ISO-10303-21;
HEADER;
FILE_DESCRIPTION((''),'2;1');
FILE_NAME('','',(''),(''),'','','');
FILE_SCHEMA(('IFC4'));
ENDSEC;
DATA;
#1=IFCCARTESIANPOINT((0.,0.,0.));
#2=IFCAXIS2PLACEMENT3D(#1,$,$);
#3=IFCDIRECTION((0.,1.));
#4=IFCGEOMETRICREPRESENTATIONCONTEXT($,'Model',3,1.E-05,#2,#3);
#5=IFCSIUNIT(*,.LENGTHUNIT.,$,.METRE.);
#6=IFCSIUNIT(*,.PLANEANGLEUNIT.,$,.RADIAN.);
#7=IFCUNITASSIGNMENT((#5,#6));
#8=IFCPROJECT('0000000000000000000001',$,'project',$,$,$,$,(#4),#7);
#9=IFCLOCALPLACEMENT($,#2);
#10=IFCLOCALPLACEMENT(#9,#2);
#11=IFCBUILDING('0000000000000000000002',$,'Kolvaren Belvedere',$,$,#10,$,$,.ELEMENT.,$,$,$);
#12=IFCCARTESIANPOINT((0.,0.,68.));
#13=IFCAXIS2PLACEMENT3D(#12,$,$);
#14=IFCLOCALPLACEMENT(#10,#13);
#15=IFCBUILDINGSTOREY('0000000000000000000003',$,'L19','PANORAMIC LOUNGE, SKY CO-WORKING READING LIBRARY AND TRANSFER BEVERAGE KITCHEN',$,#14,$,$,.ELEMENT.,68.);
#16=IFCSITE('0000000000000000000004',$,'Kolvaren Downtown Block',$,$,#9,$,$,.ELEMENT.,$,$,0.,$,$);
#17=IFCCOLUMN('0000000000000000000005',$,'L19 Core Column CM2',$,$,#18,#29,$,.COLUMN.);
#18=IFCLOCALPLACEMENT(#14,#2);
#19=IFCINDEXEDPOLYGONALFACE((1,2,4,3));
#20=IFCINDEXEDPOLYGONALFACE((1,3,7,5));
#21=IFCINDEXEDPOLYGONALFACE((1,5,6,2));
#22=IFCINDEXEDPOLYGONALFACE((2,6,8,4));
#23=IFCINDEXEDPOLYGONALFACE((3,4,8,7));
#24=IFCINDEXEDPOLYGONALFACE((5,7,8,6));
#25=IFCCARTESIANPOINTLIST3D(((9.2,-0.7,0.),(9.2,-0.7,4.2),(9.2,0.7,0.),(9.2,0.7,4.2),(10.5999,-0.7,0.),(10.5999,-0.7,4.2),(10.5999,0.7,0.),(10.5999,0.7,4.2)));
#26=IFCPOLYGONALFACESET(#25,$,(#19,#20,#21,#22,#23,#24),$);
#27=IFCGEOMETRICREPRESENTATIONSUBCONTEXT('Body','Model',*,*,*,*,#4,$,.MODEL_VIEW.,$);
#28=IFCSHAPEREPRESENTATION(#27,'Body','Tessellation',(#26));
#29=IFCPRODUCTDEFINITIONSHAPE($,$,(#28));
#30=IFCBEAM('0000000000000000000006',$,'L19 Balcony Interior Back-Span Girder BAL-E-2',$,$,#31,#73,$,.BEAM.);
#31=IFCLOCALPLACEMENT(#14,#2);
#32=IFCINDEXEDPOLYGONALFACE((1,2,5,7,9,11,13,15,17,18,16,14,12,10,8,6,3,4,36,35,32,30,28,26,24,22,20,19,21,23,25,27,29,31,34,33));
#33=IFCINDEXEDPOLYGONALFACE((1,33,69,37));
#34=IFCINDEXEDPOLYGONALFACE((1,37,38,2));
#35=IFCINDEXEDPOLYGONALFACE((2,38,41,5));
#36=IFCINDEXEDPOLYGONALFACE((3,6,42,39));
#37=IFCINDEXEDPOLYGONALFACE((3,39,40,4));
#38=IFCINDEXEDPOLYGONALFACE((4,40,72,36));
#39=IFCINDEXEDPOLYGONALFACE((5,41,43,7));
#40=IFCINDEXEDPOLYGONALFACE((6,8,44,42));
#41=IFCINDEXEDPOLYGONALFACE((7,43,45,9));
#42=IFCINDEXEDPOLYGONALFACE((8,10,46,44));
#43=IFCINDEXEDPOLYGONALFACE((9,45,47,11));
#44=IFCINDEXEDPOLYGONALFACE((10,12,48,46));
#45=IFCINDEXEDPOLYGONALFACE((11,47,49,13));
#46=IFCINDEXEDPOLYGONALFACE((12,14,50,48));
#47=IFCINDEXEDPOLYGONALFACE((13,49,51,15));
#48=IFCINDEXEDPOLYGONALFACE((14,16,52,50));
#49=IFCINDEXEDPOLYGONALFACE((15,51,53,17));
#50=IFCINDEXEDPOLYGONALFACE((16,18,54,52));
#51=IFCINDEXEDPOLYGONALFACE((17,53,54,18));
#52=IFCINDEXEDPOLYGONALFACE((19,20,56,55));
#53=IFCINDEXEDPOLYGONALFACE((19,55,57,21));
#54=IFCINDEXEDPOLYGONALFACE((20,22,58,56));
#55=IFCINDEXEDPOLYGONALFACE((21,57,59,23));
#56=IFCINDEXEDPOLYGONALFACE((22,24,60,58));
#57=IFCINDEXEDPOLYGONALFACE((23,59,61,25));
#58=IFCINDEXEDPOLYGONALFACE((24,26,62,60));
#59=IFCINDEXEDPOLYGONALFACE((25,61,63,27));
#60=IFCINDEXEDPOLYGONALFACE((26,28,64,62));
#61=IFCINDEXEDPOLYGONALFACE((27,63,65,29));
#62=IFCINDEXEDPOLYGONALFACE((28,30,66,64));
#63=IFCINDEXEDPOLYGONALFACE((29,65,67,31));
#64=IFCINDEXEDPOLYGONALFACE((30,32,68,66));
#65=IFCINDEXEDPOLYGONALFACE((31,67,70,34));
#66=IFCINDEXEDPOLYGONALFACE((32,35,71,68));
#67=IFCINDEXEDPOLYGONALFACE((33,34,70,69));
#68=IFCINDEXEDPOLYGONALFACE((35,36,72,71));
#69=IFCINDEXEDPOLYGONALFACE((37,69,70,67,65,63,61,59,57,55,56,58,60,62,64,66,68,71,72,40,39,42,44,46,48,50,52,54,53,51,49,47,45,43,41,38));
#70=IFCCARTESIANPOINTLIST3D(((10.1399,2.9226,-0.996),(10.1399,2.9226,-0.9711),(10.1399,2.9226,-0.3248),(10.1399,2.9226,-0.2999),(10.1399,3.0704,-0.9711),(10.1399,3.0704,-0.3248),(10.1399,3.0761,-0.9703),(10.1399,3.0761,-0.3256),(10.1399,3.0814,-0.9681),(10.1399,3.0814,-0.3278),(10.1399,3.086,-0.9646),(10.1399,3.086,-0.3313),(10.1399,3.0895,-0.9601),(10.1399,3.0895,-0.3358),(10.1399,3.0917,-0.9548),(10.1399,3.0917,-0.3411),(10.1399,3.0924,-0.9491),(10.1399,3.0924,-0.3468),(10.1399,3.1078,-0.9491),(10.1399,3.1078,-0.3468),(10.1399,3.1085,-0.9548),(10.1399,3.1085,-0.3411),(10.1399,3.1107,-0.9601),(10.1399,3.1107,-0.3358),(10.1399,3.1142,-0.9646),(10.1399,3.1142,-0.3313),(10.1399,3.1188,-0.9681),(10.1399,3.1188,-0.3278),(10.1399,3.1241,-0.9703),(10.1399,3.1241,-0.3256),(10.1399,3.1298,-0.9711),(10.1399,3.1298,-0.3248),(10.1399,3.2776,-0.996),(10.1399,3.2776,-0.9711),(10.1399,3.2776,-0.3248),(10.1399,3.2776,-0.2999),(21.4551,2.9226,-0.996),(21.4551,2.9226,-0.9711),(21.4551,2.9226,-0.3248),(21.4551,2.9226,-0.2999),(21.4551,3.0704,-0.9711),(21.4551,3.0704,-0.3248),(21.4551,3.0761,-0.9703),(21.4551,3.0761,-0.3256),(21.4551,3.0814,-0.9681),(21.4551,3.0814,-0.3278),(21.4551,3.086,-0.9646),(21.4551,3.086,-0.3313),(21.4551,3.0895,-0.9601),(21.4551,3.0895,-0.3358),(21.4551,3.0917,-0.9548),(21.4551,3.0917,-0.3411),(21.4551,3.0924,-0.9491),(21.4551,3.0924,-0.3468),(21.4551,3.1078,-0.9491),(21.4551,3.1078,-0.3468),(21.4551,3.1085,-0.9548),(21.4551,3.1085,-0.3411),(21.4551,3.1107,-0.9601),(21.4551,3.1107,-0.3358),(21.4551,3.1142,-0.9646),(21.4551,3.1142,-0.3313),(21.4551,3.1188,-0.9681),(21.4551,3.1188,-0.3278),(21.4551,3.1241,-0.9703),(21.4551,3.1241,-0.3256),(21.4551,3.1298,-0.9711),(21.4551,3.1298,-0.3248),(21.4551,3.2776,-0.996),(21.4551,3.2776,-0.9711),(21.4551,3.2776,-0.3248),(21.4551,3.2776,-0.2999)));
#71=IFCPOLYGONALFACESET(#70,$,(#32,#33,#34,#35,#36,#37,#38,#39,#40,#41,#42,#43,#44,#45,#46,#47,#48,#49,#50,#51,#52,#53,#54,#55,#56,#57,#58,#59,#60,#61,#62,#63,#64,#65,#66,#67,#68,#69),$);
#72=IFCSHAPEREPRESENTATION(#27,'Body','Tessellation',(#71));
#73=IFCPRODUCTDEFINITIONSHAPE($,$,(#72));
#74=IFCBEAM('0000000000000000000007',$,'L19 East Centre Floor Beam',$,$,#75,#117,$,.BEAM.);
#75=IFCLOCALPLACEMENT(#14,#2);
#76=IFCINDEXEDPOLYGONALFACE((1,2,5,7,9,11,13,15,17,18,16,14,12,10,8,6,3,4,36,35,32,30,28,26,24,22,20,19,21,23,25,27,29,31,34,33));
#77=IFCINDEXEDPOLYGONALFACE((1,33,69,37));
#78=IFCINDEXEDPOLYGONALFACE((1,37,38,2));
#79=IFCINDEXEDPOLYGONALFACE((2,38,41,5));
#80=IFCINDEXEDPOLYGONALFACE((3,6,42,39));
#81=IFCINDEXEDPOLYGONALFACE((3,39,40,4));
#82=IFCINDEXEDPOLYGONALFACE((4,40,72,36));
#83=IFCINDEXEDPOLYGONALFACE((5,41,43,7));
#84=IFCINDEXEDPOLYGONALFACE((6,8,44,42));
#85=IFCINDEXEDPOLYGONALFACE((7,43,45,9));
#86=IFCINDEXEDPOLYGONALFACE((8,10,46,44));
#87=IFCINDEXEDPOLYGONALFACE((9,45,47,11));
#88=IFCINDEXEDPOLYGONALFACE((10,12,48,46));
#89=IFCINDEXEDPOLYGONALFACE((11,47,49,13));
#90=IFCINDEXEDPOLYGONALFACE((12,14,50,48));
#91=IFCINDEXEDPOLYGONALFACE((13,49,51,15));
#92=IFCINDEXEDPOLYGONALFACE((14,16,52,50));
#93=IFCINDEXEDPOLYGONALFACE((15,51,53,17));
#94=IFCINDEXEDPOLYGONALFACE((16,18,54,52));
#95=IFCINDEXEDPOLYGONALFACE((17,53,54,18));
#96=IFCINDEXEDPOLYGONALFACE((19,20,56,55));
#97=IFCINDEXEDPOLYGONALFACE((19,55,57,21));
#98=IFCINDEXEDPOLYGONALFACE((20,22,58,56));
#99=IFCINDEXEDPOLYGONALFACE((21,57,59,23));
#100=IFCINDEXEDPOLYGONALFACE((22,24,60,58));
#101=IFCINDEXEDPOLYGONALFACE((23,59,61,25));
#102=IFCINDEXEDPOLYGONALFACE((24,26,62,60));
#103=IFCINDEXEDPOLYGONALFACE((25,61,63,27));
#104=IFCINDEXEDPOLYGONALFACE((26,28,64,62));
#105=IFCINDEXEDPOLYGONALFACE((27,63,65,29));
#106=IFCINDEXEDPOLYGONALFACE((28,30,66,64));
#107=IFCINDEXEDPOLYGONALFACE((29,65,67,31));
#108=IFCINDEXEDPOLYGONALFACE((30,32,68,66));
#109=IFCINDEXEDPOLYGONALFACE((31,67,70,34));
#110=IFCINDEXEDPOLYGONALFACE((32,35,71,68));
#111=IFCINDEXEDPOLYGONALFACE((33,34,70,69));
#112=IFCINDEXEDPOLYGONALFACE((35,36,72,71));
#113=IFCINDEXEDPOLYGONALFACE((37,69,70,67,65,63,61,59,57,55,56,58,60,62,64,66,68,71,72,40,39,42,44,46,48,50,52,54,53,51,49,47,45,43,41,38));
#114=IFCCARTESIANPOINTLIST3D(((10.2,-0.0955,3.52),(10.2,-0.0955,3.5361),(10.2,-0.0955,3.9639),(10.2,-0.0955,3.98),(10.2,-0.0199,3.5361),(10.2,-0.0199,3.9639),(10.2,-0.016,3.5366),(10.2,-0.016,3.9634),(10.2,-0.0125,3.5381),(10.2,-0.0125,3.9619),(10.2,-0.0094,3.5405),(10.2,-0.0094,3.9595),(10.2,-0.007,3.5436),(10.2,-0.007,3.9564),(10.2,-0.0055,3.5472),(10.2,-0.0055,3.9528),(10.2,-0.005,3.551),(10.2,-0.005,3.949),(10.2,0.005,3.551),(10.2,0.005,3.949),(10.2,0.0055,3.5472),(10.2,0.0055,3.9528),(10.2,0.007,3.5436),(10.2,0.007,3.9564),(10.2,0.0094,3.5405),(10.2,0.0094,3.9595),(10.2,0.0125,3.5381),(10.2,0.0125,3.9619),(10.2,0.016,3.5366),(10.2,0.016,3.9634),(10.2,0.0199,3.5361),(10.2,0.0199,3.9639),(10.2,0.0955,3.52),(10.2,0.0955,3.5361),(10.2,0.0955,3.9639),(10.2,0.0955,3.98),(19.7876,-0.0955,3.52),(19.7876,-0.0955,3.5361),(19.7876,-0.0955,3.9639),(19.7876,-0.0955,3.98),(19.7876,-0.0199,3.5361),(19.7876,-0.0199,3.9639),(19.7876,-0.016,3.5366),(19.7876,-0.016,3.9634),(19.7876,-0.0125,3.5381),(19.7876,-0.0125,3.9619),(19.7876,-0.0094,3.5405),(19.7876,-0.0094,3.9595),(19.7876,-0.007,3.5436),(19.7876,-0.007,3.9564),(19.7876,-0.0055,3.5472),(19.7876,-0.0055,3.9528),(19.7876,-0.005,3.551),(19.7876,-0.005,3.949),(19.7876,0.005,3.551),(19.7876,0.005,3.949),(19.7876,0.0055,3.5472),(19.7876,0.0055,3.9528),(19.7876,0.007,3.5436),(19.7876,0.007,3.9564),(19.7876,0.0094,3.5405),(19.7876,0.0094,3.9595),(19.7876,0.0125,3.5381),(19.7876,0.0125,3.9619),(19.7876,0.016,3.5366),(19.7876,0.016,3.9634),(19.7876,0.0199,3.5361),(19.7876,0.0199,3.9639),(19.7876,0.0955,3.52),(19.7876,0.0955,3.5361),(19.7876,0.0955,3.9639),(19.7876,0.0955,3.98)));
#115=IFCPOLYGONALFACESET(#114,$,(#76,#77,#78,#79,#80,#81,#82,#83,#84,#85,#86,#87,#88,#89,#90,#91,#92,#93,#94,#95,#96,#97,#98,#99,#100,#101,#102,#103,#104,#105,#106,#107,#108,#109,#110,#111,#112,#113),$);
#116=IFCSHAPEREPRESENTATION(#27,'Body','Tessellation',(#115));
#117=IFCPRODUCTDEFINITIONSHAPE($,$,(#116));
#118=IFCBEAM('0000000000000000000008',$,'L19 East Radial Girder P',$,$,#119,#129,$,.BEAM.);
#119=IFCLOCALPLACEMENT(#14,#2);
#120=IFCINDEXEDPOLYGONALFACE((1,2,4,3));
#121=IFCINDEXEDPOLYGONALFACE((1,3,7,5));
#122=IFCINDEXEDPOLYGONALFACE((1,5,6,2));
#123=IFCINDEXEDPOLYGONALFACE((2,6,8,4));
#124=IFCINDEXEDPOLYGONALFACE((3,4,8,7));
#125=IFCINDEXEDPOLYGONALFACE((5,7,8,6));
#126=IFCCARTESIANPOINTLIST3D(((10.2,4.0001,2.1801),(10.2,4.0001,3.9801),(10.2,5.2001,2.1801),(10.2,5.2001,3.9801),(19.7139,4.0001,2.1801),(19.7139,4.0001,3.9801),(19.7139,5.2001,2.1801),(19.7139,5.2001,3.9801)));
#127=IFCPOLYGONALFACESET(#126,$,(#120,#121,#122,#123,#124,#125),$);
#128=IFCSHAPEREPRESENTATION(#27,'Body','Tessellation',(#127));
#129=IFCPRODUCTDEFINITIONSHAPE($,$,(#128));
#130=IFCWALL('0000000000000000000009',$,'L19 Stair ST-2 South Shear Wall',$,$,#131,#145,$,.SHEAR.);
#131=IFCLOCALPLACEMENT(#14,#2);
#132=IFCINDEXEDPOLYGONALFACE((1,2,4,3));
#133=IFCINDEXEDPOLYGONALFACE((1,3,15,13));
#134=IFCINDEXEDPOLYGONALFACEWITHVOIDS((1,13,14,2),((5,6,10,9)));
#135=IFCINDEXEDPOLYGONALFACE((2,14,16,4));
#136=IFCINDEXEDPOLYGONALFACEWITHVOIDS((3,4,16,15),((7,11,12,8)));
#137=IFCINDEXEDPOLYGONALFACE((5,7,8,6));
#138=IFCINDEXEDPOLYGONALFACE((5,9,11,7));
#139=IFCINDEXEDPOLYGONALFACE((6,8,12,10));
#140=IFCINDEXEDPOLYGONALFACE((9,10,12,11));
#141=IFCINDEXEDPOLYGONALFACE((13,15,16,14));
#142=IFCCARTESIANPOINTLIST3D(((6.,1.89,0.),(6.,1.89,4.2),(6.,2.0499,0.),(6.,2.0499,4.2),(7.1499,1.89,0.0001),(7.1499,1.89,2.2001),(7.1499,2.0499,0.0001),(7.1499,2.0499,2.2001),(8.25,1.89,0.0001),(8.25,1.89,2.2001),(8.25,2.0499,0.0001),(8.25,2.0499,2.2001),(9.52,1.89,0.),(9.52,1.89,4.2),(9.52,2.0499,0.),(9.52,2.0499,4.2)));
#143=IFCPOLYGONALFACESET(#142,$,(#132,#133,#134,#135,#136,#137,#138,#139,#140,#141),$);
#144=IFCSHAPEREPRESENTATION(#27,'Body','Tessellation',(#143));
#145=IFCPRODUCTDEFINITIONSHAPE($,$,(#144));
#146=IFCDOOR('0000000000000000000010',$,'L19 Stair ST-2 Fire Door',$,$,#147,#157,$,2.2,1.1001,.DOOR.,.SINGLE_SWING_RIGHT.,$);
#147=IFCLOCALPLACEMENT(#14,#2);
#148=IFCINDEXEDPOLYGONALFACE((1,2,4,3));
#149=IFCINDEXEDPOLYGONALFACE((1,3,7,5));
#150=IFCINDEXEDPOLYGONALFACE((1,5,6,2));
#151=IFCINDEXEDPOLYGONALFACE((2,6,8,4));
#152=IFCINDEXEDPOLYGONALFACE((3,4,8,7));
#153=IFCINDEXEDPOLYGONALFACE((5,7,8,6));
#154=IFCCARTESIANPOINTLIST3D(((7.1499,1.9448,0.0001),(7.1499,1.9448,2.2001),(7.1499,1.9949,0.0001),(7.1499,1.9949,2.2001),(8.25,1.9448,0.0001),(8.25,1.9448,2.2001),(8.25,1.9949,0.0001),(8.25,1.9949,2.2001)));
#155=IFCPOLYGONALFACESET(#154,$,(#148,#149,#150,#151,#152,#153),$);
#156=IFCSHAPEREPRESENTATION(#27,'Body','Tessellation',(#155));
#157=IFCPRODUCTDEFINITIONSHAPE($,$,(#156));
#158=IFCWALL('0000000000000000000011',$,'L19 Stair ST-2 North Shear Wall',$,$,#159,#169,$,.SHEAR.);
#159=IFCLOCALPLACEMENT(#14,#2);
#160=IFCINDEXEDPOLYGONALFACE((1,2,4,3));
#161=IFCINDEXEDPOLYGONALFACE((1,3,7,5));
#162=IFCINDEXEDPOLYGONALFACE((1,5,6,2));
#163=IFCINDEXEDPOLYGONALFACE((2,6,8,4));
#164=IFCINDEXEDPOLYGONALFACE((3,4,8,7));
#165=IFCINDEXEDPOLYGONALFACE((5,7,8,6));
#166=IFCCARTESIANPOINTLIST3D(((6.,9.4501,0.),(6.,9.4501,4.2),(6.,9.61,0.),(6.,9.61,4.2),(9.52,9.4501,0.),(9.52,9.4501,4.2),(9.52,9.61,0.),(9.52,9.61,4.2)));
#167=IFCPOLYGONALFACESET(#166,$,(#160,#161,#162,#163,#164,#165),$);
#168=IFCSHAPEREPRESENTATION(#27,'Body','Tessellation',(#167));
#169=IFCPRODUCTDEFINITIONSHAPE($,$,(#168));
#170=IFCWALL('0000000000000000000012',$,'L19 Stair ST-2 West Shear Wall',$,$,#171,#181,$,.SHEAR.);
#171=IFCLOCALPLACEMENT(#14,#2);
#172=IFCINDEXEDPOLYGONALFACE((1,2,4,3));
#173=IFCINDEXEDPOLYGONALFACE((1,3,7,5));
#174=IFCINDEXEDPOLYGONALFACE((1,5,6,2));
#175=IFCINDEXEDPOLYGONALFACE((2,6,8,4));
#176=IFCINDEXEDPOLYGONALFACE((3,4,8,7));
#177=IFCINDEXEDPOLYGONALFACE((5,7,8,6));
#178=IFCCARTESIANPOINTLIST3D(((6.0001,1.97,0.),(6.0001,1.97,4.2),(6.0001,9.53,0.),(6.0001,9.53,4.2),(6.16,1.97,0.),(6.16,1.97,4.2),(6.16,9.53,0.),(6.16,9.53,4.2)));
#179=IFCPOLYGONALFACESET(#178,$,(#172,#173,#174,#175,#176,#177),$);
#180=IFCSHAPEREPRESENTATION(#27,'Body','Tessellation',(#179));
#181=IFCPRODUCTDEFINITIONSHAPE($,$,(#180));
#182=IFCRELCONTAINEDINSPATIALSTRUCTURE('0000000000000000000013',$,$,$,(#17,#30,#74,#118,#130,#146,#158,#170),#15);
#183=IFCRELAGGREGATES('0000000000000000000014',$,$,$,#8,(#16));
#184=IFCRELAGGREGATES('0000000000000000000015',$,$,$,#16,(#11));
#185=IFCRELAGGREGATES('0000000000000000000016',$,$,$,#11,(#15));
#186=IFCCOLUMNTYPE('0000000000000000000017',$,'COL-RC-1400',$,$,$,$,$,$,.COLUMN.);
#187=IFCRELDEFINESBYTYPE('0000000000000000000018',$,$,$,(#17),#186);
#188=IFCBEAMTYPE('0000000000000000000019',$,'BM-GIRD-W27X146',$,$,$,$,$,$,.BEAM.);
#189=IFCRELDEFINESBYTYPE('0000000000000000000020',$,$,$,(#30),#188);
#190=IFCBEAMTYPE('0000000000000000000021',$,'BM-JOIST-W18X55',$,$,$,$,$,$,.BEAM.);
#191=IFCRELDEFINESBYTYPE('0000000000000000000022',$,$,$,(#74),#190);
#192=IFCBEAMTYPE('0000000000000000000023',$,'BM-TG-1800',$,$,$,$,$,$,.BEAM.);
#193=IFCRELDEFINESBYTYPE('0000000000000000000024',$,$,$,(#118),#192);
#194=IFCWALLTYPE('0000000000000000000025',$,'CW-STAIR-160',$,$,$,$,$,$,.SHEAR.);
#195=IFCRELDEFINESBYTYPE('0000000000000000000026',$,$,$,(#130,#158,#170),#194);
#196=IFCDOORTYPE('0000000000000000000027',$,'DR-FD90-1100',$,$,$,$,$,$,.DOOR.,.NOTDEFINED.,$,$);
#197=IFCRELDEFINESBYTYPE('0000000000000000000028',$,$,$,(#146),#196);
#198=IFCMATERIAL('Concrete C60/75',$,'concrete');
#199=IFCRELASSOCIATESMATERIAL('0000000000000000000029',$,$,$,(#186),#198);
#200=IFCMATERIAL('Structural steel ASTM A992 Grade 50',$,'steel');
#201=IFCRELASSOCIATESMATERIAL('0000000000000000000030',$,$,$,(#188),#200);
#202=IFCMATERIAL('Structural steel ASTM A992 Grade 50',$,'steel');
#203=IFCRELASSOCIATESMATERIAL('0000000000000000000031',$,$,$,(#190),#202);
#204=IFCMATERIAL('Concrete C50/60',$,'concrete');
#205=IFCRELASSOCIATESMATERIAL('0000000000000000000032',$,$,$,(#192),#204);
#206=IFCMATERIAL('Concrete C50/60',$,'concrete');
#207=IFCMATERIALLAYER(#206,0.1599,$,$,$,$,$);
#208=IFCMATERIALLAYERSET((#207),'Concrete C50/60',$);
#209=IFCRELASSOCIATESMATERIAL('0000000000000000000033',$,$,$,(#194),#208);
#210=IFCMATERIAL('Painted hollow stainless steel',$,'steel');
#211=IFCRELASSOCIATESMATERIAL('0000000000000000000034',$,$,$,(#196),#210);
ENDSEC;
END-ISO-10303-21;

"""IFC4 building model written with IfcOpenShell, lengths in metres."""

from ifc_helpers import new_model, si_unit, direction, frame, frame_2d, origin, origin_2d, place, context, subcontext, project, spatial, rectangle, i_section, extrude, material, layer, layer_set, material_profile, profile_set, type_object, element, fill, save


model = new_model("IFC4")

# Units and contexts
model_context = context("Model", 3, precision=1e-05, world=origin(), true_north=direction((0.0, 1.0)))
body_context = subcontext(model_context, "Body", "Model", "MODEL_VIEW")
ifc_project = project(units=[si_unit("LENGTHUNIT", "METRE"), si_unit("PLANEANGLEUNIT", "RADIAN")], contexts=[model_context])

# Site, building, storey
site_placement = place(None, origin())
site = spatial("IfcSite", under=ifc_project, at=site_placement, Name="Kolvaren Downtown Block", CompositionType="ELEMENT", RefElevation=0.0)
building_placement = place(site_placement, origin())
building = spatial("IfcBuilding", under=site, at=building_placement, Name="Kolvaren Belvedere", CompositionType="ELEMENT")
storey_placement = place(building_placement, frame((0.0, 0.0, 68.0)))
storey = spatial("IfcBuildingStorey", under=building, at=storey_placement, Name="L19", Description="PANORAMIC LOUNGE, SKY CO-WORKING READING LIBRARY AND TRANSFER BEVERAGE KITCHEN", CompositionType="ELEMENT", Elevation=68.0)

# Column
ifc_material_1 = material(Name="Concrete C60/75", Category="concrete")
ifc_material_profile_1 = material_profile(ifc_material_1, rectangle(XDim=1.3999, YDim=1.3999, at=origin_2d()), Name="RC 1400X1400")
ifc_profile_set_1 = profile_set([ifc_material_profile_1], Name="Concrete C60/75")
column_type = type_object("IfcColumnType", Name="COL-RC-1400", PredefinedType="COLUMN", material=ifc_profile_set_1)
column_placement = place(storey_placement, frame((9.8999, 0.0, 0.0), z_axis=(0.0, 0.0, 1.0), x_axis=(1.0, 0.0, 0.0)))
element("IfcColumn", 1, at=column_placement, inside=storey, type_object=column_type, Name="L19 Core Column CM2", PredefinedType="COLUMN", context=body_context, shape_type="SweptSolid", body=[
    extrude(rectangle(XDim=1.3999, YDim=1.3999, at=origin_2d()), origin(), (0.0, 0.0, 1.0), 4.2),
])

# Beams
ifc_material_2 = material(Name="Structural steel ASTM A992 Grade 50", Category="steel")
ifc_material_profile_2 = material_profile(ifc_material_2, i_section(OverallWidth=0.355, OverallDepth=0.696, WebThickness=0.0154, FlangeThickness=0.0249, FilletRadius=0.022, at=origin_2d()), Name="W27X146")
ifc_profile_set_2 = profile_set([ifc_material_profile_2], Name="Structural steel ASTM A992 Grade 50")
beam_type_1 = type_object("IfcBeamType", Name="BM-GIRD-W27X146", PredefinedType="BEAM", material=ifc_profile_set_2)
beam_1_placement = place(storey_placement, frame((10.1399, 3.1001, -0.6479), z_axis=(1.0, 0.0, 0.0), x_axis=(0.0, 1.0, 0.0)))
element("IfcBeam", 2, at=beam_1_placement, inside=storey, type_object=beam_type_1, Name="L19 Balcony Interior Back-Span Girder BAL-E-2", PredefinedType="BEAM", context=body_context, shape_type="SweptSolid", body=[
    extrude(i_section(OverallWidth=0.355, OverallDepth=0.696, WebThickness=0.0154, FlangeThickness=0.0249, FilletRadius=0.022, at=origin_2d()), origin(), (0.0, 0.0, 1.0), 11.3152),
])
ifc_material_3 = material(Name="Structural steel ASTM A992 Grade 50", Category="steel")
ifc_material_profile_3 = material_profile(ifc_material_3, i_section(OverallWidth=0.1909, OverallDepth=0.46, WebThickness=0.01, FlangeThickness=0.0161, FilletRadius=0.0149, at=origin_2d()), Name="W18X55")
ifc_profile_set_3 = profile_set([ifc_material_profile_3], Name="Structural steel ASTM A992 Grade 50")
beam_type_2 = type_object("IfcBeamType", Name="BM-JOIST-W18X55", PredefinedType="BEAM", material=ifc_profile_set_3)
beam_2_placement = place(storey_placement, frame((10.2, 0.0, 3.75), z_axis=(1.0, 0.0, 0.0), x_axis=(0.0, 1.0, 0.0)))
element("IfcBeam", 3, at=beam_2_placement, inside=storey, type_object=beam_type_2, Name="L19 East Centre Floor Beam", PredefinedType="BEAM", context=body_context, shape_type="SweptSolid", body=[
    extrude(i_section(OverallWidth=0.1909, OverallDepth=0.46, WebThickness=0.01, FlangeThickness=0.0161, FilletRadius=0.0149, at=origin_2d()), origin(), (0.0, 0.0, 1.0), 9.5876),
])
ifc_material_4 = material(Name="Concrete C50/60", Category="concrete")
ifc_material_profile_4 = material_profile(ifc_material_4, rectangle(XDim=1.2, YDim=1.8, at=origin_2d()), Name="RC 1200X1800")
ifc_profile_set_4 = profile_set([ifc_material_profile_4], Name="Concrete C50/60")
beam_type_3 = type_object("IfcBeamType", Name="BM-TG-1800", PredefinedType="BEAM", material=ifc_profile_set_4)
beam_3_placement = place(storey_placement, frame((10.2, 4.6001, 3.0801), z_axis=(1.0, 0.0, 0.0), x_axis=(0.0, 1.0, 0.0)))
element("IfcBeam", 4, at=beam_3_placement, inside=storey, type_object=beam_type_3, Name="L19 East Radial Girder P", PredefinedType="BEAM", context=body_context, shape_type="SweptSolid", body=[
    extrude(rectangle(XDim=1.2, YDim=1.8, at=origin_2d()), origin(), (0.0, 0.0, 1.0), 9.5139),
])

# Wall, opening, door
ifc_material_5 = material(Name="Concrete C50/60", Category="concrete")
ifc_layer_1 = layer(ifc_material_5, 0.1599)
ifc_layer_set_1 = layer_set([ifc_layer_1], Name="Concrete C50/60")
wall_type_1 = type_object("IfcWallType", Name="CW-STAIR-160", PredefinedType="SHEAR", material=ifc_layer_set_1)
wall_1_placement = place(storey_placement, frame((6.0, 1.97, 0.0), z_axis=(0.0, 0.0, 1.0), x_axis=(1.0, 0.0, 0.0)))
wall_1 = element("IfcWall", 5, at=wall_1_placement, inside=storey, type_object=wall_type_1, Name="L19 Stair ST-2 South Shear Wall", PredefinedType="SHEAR", context=body_context, shape_type="SweptSolid", body=[
    extrude(rectangle(XDim=3.52, YDim=0.1599, at=frame_2d((1.76, 0.0))), origin(), (0.0, 0.0, 1.0), 4.2),
])
opening_1_placement = place(wall_1_placement, frame((1.1499, 0.0, 0.0)))
opening_1 = element("IfcOpeningElement", 6, at=opening_1_placement, cuts=wall_1, PredefinedType="OPENING", context=body_context, shape_type="SweptSolid", body=[
    extrude(rectangle(XDim=1.1001, YDim=2.2, at=frame_2d((0.55, 1.1001))), frame((0.0, 0.0898, 0.0), z_axis=(0.0, -1.0, 0.0), x_axis=(1.0, 0.0, 0.0)), (0.0, 0.0, 1.0), 0.1799),
])
ifc_material_6 = material(Name="Painted hollow stainless steel", Category="steel")
door_type_1 = type_object("IfcDoorType", Name="DR-FD90-1100", OperationType="NOTDEFINED", PredefinedType="DOOR", material=ifc_material_6)
door_1_placement = place(opening_1_placement, origin())
door_1 = element("IfcDoor", 7, at=door_1_placement, inside=storey, type_object=door_type_1, Name="L19 Stair ST-2 Fire Door", OperationType="SINGLE_SWING_RIGHT", OverallHeight=2.2, OverallWidth=1.1001, PredefinedType="DOOR", context=body_context, shape_type="SweptSolid", body=[
    extrude(rectangle(XDim=1.1001, YDim=2.2, at=frame_2d((0.55, 1.1001))), frame((0.0, 0.0249, 0.0), z_axis=(0.0, -1.0, 0.0), x_axis=(1.0, 0.0, 0.0)), (0.0, 0.0, 1.0), 0.05),
])
fill(opening_1, door_1)

# Walls
wall_2_placement = place(storey_placement, frame((6.0, 9.53, 0.0), z_axis=(0.0, 0.0, 1.0), x_axis=(1.0, 0.0, 0.0)))
element("IfcWall", 8, at=wall_2_placement, inside=storey, type_object=wall_type_1, Name="L19 Stair ST-2 North Shear Wall", PredefinedType="SHEAR", context=body_context, shape_type="SweptSolid", body=[
    extrude(rectangle(XDim=3.52, YDim=0.1599, at=frame_2d((1.76, 0.0))), origin(), (0.0, 0.0, 1.0), 4.2),
])
for number, where, z_axis, x_axis, name in (
    (9, (6.0801, 1.97, 0.0), (0.0, 0.0, 1.0), (0.0, 1.0, 0.0), "L19 Stair ST-2 West Shear Wall"),
):
    element("IfcWall", number, at=place(storey_placement, frame(where, z_axis=z_axis, x_axis=x_axis)), inside=storey, type_object=wall_type_1, Name=name, PredefinedType="SHEAR", context=body_context, shape_type="SweptSolid", body=[
        extrude(rectangle(XDim=7.5601, YDim=0.1599, at=frame_2d((3.78, 0.0))), origin(), (0.0, 0.0, 1.0), 4.2),
    ])

save(model, "model.ifc")
